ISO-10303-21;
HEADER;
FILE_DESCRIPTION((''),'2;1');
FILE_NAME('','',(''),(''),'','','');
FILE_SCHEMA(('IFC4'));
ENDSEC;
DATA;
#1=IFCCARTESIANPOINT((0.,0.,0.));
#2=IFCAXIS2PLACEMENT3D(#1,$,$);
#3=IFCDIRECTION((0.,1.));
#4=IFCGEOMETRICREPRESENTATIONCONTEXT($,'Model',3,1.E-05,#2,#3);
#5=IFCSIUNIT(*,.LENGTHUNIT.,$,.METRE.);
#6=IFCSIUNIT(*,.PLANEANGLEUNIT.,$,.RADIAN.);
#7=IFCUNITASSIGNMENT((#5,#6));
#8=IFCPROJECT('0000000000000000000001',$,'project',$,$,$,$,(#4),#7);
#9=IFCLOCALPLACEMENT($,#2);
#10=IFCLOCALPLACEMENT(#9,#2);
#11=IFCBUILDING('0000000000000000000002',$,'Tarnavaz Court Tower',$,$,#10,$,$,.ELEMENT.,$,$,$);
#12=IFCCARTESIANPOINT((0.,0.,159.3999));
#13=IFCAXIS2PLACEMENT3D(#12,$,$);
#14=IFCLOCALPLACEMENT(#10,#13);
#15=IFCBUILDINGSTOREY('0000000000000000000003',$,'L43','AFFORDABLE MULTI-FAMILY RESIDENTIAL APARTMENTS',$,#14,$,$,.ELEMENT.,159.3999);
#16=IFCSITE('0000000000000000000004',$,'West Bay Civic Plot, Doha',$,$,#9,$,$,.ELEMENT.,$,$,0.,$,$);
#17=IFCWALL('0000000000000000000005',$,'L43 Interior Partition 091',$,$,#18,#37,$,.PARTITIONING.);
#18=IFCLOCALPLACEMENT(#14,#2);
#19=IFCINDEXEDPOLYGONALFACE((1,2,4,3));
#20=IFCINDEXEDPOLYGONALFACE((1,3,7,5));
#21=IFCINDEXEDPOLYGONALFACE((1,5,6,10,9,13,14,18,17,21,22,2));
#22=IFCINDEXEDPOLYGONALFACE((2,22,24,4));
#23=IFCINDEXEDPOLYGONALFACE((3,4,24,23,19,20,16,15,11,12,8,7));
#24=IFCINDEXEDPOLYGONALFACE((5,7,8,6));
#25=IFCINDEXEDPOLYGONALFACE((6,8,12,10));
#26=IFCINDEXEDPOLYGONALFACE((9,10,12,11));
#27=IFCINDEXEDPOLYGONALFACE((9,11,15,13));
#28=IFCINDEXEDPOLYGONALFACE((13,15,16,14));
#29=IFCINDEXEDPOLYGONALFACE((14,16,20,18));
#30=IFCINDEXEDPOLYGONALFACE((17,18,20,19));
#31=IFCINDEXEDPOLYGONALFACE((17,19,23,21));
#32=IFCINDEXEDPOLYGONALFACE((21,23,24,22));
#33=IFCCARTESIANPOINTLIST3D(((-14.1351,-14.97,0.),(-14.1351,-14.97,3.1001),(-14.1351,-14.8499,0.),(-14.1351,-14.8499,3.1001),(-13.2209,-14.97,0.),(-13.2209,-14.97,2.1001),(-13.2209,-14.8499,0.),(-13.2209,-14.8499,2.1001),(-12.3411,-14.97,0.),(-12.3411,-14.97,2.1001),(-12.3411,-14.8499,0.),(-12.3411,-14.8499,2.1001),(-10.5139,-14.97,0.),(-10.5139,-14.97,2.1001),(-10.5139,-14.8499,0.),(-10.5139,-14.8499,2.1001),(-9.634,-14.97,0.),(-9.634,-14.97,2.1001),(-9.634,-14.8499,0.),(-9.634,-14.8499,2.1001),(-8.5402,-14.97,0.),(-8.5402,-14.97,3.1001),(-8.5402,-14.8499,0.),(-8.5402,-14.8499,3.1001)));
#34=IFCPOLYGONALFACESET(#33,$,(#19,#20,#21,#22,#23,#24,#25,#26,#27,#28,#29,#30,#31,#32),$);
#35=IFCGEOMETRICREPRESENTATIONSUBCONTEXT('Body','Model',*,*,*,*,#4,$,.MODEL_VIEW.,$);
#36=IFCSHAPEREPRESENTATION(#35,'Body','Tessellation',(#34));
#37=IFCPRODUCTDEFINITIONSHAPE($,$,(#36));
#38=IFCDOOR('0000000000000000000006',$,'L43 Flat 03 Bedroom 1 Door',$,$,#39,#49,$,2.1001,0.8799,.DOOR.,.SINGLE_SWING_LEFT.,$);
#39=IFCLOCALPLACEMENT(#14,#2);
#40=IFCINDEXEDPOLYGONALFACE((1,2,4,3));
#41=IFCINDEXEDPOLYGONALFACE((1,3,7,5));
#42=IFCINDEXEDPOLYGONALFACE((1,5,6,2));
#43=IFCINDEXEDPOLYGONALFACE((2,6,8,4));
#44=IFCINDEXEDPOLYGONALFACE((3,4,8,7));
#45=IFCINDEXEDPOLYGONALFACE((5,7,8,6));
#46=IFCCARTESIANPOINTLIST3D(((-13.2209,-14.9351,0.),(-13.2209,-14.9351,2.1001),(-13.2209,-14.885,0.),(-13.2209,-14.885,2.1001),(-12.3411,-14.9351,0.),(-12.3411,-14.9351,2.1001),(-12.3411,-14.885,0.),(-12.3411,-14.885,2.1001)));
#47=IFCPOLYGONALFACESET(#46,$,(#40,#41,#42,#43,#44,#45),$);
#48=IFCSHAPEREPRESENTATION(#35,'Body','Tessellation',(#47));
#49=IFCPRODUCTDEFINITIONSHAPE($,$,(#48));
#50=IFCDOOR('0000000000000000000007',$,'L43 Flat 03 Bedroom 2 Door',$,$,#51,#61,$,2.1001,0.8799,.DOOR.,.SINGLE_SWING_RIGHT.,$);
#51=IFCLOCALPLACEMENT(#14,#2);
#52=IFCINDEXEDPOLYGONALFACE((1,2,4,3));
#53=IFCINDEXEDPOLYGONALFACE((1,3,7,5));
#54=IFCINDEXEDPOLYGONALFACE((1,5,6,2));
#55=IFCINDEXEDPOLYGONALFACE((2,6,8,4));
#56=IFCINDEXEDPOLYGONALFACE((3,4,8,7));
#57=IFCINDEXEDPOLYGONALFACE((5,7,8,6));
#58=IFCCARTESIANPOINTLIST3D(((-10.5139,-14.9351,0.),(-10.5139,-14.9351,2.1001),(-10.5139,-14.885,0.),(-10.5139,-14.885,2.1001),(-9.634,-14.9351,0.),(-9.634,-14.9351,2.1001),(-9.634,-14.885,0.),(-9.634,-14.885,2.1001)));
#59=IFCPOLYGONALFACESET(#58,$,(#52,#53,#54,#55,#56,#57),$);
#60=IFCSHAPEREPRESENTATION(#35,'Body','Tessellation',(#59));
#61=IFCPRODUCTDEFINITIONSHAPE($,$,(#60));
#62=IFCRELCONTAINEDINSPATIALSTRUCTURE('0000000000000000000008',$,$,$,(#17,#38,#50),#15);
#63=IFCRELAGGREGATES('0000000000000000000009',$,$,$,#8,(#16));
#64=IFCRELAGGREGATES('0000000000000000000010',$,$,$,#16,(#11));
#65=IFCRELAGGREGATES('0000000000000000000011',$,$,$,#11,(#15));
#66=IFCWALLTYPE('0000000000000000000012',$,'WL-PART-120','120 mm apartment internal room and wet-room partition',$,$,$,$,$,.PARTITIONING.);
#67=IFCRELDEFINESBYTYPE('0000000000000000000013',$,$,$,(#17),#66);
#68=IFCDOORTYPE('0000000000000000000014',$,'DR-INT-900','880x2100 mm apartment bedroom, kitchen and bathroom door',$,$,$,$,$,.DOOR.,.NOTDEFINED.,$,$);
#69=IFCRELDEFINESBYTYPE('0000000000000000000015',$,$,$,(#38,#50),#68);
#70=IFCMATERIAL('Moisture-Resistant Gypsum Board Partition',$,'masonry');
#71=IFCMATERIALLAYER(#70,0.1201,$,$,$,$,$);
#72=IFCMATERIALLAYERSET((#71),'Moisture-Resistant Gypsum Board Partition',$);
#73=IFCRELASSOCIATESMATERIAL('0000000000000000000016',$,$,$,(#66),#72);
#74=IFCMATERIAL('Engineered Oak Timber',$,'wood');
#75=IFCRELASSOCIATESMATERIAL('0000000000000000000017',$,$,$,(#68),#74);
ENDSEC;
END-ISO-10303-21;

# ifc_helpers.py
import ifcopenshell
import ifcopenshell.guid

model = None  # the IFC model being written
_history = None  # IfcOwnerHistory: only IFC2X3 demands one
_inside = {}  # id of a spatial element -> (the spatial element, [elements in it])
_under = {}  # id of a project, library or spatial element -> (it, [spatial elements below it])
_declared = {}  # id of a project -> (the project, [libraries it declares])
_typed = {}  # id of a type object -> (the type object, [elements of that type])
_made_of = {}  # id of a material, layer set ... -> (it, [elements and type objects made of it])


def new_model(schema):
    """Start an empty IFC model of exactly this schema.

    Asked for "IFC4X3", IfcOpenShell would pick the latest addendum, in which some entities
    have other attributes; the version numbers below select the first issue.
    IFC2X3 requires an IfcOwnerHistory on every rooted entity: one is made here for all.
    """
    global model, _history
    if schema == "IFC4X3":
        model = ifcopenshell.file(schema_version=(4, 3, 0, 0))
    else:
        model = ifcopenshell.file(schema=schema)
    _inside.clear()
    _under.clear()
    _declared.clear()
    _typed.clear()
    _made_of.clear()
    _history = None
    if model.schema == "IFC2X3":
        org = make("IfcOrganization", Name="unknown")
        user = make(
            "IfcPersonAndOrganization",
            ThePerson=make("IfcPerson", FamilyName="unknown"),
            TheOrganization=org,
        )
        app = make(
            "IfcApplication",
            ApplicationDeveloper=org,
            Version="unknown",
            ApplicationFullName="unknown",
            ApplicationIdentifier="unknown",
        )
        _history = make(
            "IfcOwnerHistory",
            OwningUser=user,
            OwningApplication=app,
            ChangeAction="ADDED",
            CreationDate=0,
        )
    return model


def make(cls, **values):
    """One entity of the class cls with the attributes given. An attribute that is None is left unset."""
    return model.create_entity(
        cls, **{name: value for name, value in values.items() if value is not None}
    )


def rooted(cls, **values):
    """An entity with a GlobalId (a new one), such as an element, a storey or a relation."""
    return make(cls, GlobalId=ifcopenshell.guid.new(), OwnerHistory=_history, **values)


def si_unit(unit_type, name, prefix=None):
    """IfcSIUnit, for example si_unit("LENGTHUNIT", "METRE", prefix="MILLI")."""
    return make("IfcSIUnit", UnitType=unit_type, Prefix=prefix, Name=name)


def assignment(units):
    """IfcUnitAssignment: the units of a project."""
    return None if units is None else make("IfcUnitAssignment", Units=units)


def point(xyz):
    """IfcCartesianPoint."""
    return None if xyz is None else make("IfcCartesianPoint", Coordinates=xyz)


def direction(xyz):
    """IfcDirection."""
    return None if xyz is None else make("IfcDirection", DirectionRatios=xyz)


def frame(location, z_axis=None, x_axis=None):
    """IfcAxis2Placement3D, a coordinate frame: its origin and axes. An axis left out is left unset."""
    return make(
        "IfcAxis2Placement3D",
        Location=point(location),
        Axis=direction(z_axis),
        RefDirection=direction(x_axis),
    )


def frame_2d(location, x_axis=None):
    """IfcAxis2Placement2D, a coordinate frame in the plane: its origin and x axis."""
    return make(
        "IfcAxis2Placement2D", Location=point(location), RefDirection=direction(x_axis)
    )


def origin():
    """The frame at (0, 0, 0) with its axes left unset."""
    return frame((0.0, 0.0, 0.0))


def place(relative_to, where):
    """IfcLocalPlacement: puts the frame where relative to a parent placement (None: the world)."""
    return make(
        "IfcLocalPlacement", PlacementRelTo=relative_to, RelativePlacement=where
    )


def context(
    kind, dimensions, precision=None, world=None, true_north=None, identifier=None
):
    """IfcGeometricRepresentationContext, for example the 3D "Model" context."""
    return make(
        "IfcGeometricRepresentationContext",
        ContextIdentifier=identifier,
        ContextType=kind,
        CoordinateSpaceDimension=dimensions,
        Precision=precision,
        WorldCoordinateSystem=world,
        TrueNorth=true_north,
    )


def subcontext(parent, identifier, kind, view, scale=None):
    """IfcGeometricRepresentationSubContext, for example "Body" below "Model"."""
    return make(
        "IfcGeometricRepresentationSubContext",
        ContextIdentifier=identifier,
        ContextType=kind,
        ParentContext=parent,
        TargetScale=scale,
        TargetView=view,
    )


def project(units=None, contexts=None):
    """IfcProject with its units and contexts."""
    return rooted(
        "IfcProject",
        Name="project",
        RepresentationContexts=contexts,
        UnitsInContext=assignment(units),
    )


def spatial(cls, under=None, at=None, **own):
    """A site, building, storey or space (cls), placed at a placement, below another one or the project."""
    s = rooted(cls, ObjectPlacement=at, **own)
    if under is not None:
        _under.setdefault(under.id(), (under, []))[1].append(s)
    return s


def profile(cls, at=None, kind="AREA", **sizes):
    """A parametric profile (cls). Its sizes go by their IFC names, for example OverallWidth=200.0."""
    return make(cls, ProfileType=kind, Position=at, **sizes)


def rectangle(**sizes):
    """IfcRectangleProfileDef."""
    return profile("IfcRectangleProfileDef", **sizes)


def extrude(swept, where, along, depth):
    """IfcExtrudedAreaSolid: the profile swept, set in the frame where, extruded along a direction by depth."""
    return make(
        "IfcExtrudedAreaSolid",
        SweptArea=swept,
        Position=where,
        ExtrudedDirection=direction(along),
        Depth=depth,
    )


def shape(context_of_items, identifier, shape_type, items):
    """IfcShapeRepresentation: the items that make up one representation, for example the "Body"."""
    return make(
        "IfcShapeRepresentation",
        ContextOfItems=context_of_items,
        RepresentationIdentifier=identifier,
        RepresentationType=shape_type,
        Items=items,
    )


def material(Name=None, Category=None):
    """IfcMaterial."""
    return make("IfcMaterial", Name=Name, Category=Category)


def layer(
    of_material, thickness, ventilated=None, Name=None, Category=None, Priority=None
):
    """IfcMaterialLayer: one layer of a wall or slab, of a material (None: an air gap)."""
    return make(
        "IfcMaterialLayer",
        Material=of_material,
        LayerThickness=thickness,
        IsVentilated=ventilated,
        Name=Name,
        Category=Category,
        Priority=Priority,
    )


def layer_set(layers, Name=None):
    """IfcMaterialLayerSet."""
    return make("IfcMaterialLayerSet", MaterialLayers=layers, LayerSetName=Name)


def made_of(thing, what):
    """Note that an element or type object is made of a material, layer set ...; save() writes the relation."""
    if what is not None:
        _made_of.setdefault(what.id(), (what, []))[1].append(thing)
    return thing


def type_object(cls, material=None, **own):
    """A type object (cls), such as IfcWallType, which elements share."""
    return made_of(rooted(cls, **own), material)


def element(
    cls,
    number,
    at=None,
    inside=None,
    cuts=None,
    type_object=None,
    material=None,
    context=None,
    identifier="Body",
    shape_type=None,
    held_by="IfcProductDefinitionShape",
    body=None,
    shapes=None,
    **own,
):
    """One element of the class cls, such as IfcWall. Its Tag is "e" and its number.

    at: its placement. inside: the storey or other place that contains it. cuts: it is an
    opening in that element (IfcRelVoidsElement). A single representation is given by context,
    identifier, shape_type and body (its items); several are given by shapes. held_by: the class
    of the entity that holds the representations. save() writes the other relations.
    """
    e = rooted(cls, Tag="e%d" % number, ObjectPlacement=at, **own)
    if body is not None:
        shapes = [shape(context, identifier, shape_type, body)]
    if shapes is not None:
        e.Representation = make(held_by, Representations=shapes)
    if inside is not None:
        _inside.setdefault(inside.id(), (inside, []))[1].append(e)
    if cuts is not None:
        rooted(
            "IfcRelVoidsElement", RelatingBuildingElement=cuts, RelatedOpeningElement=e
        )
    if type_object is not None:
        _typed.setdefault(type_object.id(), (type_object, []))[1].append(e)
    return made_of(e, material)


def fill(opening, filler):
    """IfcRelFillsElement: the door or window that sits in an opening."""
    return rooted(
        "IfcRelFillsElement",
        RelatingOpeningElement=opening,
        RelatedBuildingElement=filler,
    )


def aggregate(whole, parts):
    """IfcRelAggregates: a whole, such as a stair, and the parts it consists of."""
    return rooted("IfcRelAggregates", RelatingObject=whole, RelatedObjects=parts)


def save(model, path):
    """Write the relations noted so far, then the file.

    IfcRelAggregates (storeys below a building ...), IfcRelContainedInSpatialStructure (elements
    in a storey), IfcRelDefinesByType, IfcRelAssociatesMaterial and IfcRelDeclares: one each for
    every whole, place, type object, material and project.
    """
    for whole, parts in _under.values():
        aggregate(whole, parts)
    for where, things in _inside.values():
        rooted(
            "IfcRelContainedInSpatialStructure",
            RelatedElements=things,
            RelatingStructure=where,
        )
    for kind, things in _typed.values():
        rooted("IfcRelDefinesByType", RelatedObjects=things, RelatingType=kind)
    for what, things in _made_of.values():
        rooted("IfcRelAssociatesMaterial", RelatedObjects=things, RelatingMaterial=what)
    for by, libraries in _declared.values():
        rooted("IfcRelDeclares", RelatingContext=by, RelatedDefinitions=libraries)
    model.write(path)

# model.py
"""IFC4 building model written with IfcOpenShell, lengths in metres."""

from ifc_helpers import new_model, si_unit, direction, frame, frame_2d, origin, place, context, subcontext, project, spatial, rectangle, extrude, material, layer, layer_set, type_object, element, fill, save


model = new_model("IFC4")

# Units and contexts
model_context = context("Model", 3, precision=1e-05, world=origin(), true_north=direction((0.0, 1.0)))
body_context = subcontext(model_context, "Body", "Model", "MODEL_VIEW")
ifc_project = project(units=[si_unit("LENGTHUNIT", "METRE"), si_unit("PLANEANGLEUNIT", "RADIAN")], contexts=[model_context])

# Site, building, storey
site_placement = place(None, origin())
site = spatial("IfcSite", under=ifc_project, at=site_placement, Name="West Bay Civic Plot, Doha", CompositionType="ELEMENT", RefElevation=0.0)
building_placement = place(site_placement, origin())
building = spatial("IfcBuilding", under=site, at=building_placement, Name="Tarnavaz Court Tower", CompositionType="ELEMENT")
storey_placement = place(building_placement, frame((0.0, 0.0, 159.3999)))
storey = spatial("IfcBuildingStorey", under=building, at=storey_placement, Name="L43", Description="AFFORDABLE MULTI-FAMILY RESIDENTIAL APARTMENTS", CompositionType="ELEMENT", Elevation=159.3999)

# Shared definitions
ifc_material_1 = material(Name="Moisture-Resistant Gypsum Board Partition", Category="masonry")
ifc_layer = layer(ifc_material_1, 0.1201)
ifc_layer_set = layer_set([ifc_layer], Name="Moisture-Resistant Gypsum Board Partition")
wall_type = type_object("IfcWallType", Name="WL-PART-120", Description="120 mm apartment internal room and wet-room partition", PredefinedType="PARTITIONING", material=ifc_layer_set)
ifc_material_2 = material(Name="Engineered Oak Timber", Category="wood")
door_type_1 = type_object("IfcDoorType", Name="DR-INT-900", Description="880x2100 mm apartment bedroom, kitchen and bathroom door", OperationType="NOTDEFINED", PredefinedType="DOOR", material=ifc_material_2)

# Wall, openings, doors
wall_1_placement = place(storey_placement, frame((-14.135, -14.9099, 0.0), z_axis=(0.0, 0.0, 1.0), x_axis=(1.0, 0.0, 0.0)))
wall_1 = element("IfcWall", 1, at=wall_1_placement, inside=storey, type_object=wall_type, Name="L43 Interior Partition 091", PredefinedType="PARTITIONING", context=body_context, shape_type="SweptSolid", body=[
    extrude(rectangle(XDim=5.595, YDim=0.1201, at=frame_2d((2.7974, 0.0))), origin(), (0.0, 0.0, 1.0), 3.1001),
])
opening_1_placement = place(wall_1_placement, frame((0.9141, 0.0, 0.0)))
opening_1 = element("IfcOpeningElement", 2, at=opening_1_placement, cuts=wall_1, PredefinedType="OPENING", context=body_context, shape_type="SweptSolid", body=[
    extrude(rectangle(XDim=0.8799, YDim=2.1001, at=frame_2d((0.4399, 1.05))), frame((0.0, 0.0701, 0.0), z_axis=(0.0, -1.0, 0.0), x_axis=(1.0, 0.0, 0.0)), (0.0, 0.0, 1.0), 0.1401),
])
opening_2_placement = place(wall_1_placement, frame((3.6211, 0.0, 0.0)))
opening_2 = element("IfcOpeningElement", 3, at=opening_2_placement, cuts=wall_1, PredefinedType="OPENING", context=body_context, shape_type="SweptSolid", body=[
    extrude(rectangle(XDim=0.8799, YDim=2.1001, at=frame_2d((0.4399, 1.05))), frame((0.0, 0.0701, 0.0), z_axis=(0.0, -1.0, 0.0), x_axis=(1.0, 0.0, 0.0)), (0.0, 0.0, 1.0), 0.1401),
])
door_1_placement = place(opening_1_placement, origin())
door_1 = element("IfcDoor", 4, at=door_1_placement, inside=storey, type_object=door_type_1, Name="L43 Flat 03 Bedroom 1 Door", OperationType="SINGLE_SWING_LEFT", OverallHeight=2.1001, OverallWidth=0.8799, PredefinedType="DOOR", context=body_context, shape_type="SweptSolid", body=[
    extrude(rectangle(XDim=0.8799, YDim=2.1001, at=frame_2d((0.4399, 1.05))), frame((0.0, 0.0249, 0.0), z_axis=(0.0, -1.0, 0.0), x_axis=(1.0, 0.0, 0.0)), (0.0, 0.0, 1.0), 0.05),
])
fill(opening_1, door_1)
door_2_placement = place(opening_2_placement, origin())
door_2 = element("IfcDoor", 5, at=door_2_placement, inside=storey, type_object=door_type_1, Name="L43 Flat 03 Bedroom 2 Door", OperationType="SINGLE_SWING_RIGHT", OverallHeight=2.1001, OverallWidth=0.8799, PredefinedType="DOOR", context=body_context, shape_type="SweptSolid", body=[
    extrude(rectangle(XDim=0.8799, YDim=2.1001, at=frame_2d((0.4399, 1.05))), frame((0.0, 0.0249, 0.0), z_axis=(0.0, -1.0, 0.0), x_axis=(1.0, 0.0, 0.0)), (0.0, 0.0, 1.0), 0.05),
])
fill(opening_2, door_2)

save(model, "model.ifc")
